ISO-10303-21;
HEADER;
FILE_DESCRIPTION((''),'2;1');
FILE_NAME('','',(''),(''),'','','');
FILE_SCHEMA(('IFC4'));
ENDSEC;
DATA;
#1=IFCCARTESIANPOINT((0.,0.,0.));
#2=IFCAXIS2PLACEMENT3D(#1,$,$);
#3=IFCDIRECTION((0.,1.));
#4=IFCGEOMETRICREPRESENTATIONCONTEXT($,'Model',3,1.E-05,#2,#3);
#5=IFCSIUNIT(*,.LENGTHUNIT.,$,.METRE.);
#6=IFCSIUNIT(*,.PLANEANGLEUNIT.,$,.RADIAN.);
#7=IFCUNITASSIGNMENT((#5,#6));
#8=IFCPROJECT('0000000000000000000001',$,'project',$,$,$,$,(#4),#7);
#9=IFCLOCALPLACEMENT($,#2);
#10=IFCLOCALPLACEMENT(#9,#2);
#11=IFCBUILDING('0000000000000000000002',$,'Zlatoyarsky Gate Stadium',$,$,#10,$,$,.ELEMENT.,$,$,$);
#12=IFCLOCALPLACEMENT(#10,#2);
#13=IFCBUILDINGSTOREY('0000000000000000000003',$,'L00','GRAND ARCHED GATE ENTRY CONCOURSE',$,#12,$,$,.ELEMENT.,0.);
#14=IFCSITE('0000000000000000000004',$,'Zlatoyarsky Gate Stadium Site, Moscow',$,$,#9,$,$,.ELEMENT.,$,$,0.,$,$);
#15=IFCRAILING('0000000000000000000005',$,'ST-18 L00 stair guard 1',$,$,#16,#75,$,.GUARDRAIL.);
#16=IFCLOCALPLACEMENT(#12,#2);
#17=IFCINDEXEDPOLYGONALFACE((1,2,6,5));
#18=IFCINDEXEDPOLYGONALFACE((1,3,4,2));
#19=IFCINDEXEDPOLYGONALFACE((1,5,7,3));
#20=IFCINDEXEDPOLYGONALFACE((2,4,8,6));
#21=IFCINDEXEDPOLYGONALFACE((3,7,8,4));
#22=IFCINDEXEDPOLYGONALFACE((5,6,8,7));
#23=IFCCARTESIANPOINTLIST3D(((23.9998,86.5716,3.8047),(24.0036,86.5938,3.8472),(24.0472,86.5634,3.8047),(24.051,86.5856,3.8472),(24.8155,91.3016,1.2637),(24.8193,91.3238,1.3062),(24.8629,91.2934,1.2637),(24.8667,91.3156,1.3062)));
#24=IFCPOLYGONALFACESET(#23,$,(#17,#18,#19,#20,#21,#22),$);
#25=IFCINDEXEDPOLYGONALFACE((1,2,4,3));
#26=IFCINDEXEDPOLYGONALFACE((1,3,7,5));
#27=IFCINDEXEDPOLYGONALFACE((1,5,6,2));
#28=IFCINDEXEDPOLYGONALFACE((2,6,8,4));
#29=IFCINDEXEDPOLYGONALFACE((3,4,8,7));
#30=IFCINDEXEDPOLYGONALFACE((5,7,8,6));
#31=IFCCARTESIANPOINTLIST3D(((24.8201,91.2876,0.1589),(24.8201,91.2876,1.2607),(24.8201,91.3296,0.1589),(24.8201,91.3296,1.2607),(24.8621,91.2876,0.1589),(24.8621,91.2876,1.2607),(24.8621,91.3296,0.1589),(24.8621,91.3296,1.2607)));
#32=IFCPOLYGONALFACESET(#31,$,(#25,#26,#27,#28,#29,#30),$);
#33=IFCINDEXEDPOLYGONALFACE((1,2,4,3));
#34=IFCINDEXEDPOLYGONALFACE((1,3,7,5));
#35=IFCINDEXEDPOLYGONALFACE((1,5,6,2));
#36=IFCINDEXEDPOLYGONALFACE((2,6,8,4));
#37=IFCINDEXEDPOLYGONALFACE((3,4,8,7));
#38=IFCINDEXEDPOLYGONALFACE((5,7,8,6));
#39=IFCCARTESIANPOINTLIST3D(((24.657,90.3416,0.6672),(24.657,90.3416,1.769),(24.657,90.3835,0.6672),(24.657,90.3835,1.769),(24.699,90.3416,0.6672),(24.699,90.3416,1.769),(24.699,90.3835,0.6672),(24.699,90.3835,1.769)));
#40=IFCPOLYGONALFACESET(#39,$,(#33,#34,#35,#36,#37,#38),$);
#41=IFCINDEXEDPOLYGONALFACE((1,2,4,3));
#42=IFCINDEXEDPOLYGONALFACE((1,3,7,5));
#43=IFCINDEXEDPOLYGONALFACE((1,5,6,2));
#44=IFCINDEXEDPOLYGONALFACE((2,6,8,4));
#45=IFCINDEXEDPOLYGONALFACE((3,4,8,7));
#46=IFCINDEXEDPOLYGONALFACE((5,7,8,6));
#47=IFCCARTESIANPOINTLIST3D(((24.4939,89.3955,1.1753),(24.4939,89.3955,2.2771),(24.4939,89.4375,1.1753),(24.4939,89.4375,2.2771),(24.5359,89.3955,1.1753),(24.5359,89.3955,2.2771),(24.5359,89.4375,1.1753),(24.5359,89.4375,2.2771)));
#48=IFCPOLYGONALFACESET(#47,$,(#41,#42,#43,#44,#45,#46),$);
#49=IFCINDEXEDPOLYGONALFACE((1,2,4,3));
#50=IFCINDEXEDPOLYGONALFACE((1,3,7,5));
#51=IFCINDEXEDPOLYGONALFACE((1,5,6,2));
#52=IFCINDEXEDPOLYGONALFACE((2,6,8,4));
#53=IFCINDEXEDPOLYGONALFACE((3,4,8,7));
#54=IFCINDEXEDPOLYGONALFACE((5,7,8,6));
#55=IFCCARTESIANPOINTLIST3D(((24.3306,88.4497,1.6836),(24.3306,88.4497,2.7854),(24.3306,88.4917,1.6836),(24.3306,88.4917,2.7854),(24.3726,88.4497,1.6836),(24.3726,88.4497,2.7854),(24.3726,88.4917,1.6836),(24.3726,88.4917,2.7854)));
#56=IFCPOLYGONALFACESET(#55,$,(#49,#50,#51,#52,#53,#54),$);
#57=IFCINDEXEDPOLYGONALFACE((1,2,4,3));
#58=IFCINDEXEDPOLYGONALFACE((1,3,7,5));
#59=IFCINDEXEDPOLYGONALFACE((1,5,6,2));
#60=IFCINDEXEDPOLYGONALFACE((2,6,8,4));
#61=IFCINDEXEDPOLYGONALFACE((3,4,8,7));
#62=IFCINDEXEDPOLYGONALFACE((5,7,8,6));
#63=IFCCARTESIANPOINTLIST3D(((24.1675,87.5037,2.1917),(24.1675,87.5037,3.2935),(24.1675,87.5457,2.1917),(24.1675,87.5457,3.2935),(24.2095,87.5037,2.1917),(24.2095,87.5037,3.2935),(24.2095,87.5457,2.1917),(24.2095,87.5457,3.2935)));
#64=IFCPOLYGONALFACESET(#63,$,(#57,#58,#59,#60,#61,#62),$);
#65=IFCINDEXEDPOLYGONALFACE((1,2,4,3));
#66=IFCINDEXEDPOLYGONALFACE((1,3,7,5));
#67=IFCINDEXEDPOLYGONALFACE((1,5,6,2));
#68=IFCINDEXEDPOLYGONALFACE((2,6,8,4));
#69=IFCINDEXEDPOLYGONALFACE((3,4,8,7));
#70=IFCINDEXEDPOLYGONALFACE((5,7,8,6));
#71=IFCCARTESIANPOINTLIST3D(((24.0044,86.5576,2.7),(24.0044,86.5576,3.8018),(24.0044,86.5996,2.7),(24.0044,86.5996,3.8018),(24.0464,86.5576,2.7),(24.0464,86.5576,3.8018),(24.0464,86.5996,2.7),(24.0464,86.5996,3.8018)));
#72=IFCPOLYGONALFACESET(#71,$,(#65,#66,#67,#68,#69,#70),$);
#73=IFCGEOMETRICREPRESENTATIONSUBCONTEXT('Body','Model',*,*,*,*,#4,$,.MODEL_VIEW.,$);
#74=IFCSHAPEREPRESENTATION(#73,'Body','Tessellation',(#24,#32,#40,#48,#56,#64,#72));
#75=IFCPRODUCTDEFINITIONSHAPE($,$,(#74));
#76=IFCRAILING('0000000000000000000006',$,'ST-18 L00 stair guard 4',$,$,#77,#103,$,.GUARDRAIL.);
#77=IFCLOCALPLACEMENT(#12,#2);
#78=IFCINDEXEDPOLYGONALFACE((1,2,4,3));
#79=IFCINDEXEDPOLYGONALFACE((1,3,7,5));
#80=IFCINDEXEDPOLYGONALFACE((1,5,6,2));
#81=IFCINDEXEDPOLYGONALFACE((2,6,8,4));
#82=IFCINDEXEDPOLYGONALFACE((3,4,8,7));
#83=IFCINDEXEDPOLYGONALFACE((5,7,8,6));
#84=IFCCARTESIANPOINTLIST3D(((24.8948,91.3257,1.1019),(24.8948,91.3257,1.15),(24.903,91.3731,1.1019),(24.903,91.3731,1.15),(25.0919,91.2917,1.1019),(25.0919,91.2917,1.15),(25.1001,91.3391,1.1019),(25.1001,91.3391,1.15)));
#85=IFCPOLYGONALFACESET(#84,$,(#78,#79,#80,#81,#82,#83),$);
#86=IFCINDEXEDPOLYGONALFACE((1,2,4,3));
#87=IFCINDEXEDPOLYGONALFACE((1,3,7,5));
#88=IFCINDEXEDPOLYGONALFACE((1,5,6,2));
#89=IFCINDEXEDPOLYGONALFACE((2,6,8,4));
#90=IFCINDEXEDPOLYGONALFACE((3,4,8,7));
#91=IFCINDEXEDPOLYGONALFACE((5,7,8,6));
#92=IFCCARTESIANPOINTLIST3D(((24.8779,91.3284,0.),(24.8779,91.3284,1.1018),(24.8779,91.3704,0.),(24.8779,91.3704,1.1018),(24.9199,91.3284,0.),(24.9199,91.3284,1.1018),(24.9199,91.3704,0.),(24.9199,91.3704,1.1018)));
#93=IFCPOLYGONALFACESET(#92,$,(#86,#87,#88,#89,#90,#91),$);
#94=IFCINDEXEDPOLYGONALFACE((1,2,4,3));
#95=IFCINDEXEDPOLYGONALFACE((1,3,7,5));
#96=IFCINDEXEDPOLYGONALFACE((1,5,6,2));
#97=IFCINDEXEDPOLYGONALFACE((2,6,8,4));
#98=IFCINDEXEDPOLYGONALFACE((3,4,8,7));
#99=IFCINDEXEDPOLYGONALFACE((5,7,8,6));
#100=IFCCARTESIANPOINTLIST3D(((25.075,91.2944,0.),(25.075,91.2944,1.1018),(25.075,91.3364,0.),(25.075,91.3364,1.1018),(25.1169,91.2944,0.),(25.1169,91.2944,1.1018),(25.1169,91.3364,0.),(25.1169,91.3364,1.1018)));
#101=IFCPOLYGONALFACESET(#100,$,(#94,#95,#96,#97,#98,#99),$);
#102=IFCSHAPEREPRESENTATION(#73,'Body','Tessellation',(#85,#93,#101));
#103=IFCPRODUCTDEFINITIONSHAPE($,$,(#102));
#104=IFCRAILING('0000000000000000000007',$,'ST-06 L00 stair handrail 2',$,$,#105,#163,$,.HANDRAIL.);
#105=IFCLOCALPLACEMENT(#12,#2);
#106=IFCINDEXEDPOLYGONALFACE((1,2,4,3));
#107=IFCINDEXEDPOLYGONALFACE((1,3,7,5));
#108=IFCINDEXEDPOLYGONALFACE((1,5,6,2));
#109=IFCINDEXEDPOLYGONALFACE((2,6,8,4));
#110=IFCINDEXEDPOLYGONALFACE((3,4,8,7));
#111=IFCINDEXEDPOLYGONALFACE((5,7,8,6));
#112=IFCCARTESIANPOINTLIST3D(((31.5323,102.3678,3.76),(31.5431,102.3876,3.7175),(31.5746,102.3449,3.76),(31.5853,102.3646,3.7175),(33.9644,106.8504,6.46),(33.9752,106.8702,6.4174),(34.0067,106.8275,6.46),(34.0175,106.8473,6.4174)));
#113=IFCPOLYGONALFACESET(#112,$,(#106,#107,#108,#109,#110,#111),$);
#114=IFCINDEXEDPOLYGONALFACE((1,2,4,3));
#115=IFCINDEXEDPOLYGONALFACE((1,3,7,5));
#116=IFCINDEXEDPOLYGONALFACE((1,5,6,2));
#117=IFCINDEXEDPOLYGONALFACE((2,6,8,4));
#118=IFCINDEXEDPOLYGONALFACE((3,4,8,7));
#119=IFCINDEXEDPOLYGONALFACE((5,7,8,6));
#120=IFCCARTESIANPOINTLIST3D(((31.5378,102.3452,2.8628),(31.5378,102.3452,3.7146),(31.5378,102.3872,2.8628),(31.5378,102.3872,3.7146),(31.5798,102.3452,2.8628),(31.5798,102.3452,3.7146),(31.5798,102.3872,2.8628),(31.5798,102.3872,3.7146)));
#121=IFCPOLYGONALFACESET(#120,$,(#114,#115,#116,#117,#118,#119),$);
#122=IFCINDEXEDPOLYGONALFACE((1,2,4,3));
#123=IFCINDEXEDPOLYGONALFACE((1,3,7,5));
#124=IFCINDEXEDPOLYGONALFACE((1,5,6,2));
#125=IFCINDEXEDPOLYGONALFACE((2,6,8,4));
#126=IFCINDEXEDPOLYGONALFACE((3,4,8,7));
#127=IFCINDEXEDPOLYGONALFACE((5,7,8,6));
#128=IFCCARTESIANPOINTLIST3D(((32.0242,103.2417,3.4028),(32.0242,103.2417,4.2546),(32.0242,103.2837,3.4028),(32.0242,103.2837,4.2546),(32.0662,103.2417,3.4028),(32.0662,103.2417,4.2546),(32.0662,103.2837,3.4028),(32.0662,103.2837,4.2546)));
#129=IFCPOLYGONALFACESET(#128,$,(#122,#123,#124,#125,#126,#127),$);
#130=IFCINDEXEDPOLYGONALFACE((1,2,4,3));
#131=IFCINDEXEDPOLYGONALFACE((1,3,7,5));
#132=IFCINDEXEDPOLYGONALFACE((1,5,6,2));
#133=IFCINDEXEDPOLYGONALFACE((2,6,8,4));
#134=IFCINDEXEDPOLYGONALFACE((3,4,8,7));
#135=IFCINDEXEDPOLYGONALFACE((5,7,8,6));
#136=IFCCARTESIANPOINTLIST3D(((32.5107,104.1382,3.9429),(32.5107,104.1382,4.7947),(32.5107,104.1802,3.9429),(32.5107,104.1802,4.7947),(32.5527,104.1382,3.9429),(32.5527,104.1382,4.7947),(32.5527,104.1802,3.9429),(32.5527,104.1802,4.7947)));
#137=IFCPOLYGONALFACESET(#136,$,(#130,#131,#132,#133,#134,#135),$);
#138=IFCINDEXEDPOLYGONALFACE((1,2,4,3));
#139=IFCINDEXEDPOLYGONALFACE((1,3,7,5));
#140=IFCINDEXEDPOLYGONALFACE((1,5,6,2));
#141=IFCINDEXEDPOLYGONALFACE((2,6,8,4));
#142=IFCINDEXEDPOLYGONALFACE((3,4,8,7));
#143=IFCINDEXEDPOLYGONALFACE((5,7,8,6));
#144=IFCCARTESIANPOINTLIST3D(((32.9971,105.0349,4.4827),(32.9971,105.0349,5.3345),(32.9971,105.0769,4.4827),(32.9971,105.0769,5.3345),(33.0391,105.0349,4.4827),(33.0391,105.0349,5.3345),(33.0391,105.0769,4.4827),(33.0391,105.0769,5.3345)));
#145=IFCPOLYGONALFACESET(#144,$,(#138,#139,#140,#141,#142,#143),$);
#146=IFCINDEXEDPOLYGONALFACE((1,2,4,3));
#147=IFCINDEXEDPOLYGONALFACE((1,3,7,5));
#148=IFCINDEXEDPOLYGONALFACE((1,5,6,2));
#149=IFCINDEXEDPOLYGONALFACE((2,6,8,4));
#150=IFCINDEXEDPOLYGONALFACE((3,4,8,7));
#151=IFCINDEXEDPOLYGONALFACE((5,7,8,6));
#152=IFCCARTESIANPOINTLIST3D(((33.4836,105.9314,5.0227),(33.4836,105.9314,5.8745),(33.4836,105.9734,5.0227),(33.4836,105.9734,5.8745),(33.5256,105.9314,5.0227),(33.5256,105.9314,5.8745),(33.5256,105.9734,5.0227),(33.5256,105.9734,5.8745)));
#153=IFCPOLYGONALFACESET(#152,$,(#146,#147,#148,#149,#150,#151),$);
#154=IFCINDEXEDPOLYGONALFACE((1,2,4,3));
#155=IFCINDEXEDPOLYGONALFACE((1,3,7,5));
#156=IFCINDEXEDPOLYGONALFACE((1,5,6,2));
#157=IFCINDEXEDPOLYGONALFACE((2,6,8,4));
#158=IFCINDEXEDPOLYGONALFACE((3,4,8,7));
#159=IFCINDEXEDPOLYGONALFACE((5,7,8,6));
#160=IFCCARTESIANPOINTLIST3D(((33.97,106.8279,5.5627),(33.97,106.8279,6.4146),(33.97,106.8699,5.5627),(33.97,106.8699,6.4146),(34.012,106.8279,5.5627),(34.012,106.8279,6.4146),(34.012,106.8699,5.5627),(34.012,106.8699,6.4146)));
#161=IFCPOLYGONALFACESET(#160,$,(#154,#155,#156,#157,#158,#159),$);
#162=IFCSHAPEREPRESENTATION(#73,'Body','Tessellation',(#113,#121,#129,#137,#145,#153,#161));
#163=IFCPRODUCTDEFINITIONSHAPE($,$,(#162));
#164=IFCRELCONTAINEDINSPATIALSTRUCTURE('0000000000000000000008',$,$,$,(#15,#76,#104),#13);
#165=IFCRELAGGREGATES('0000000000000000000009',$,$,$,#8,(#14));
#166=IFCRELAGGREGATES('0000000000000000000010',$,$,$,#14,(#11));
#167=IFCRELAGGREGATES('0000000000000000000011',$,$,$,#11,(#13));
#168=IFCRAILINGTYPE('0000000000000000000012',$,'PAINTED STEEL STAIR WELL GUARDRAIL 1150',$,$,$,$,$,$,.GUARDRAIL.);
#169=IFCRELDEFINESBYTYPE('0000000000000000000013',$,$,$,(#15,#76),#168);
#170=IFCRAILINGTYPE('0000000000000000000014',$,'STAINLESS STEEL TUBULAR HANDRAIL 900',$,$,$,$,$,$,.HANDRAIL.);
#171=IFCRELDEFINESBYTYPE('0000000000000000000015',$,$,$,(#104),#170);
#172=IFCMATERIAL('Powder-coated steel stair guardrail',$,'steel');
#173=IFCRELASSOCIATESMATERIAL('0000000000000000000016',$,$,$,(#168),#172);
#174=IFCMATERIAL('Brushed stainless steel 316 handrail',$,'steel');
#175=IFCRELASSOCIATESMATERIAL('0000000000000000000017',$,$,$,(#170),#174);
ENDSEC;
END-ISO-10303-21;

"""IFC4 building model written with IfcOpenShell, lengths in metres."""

from ifc_helpers import new_model, si_unit, direction, frame, origin, origin_2d, place, context, subcontext, project, spatial, rectangle, extrude, material, type_object, element, save


model = new_model("IFC4")

# Units and contexts
model_context = context("Model", 3, precision=1e-05, world=origin(), true_north=direction((0.0, 1.0)))
body_context = subcontext(model_context, "Body", "Model", "MODEL_VIEW")
ifc_project = project(units=[si_unit("LENGTHUNIT", "METRE"), si_unit("PLANEANGLEUNIT", "RADIAN")], contexts=[model_context])

# Site, building, storey
site_placement = place(None, origin())
site = spatial("IfcSite", under=ifc_project, at=site_placement, Name="Zlatoyarsky Gate Stadium Site, Moscow", CompositionType="ELEMENT", RefElevation=0.0)
building_placement = place(site_placement, origin())
building = spatial("IfcBuilding", under=site, at=building_placement, Name="Zlatoyarsky Gate Stadium", CompositionType="ELEMENT")
storey_placement = place(building_placement, origin())
storey = spatial("IfcBuildingStorey", under=building, at=storey_placement, Name="L00", Description="GRAND ARCHED GATE ENTRY CONCOURSE", CompositionType="ELEMENT", Elevation=0.0)

# Railings
ifc_material_1 = material(Name="Powder-coated steel stair guardrail", Category="steel")
railing_type_1 = type_object("IfcRailingType", Name="PAINTED STEEL STAIR WELL GUARDRAIL 1150", PredefinedType="GUARDRAIL", material=ifc_material_1)
railing_1_placement = place(storey_placement, frame((24.8411, 91.3086, 0.1589)))
element("IfcRailing", 1, at=railing_1_placement, inside=storey, type_object=railing_type_1, Name="ST-18 L00 stair guard 1", PredefinedType="GUARDRAIL", context=body_context, shape_type="SweptSolid", body=[
    extrude(rectangle(XDim=0.0481, YDim=0.0481, at=origin_2d()), frame((0.0, 0.0, 1.126), z_axis=(-0.150191, -0.870937, 0.46788), x_axis=(0.985455, -0.169939, 0.0)), (0.0, 0.0, 1.0), 5.4309),
    extrude(rectangle(XDim=0.042, YDim=0.042, at=origin_2d()), origin(), (0.0, 0.0, 1.0), 1.1018),
    extrude(rectangle(XDim=0.042, YDim=0.042, at=origin_2d()), frame((-0.1631, -0.946, 0.5083)), (0.0, 0.0, 1.0), 1.1018),
    extrude(rectangle(XDim=0.042, YDim=0.042, at=origin_2d()), frame((-0.3262, -1.8921, 1.0164)), (0.0, 0.0, 1.0), 1.1018),
    extrude(rectangle(XDim=0.042, YDim=0.042, at=origin_2d()), frame((-0.4895, -2.8379, 1.5247)), (0.0, 0.0, 1.0), 1.1018),
    extrude(rectangle(XDim=0.042, YDim=0.042, at=origin_2d()), frame((-0.6526, -3.7839, 2.0327)), (0.0, 0.0, 1.0), 1.1018),
    extrude(rectangle(XDim=0.042, YDim=0.042, at=origin_2d()), frame((-0.8157, -4.73, 2.541)), (0.0, 0.0, 1.0), 1.1018),
])
railing_2_placement = place(storey_placement, frame((24.8989, 91.3494, 0.0)))
element("IfcRailing", 2, at=railing_2_placement, inside=storey, type_object=railing_type_1, Name="ST-18 L00 stair guard 4", PredefinedType="GUARDRAIL", context=body_context, shape_type="SweptSolid", body=[
    extrude(rectangle(XDim=0.0481, YDim=0.0481, at=origin_2d()), frame((0.0, 0.0, 1.126), z_axis=(0.985488, -0.169743, 0.0), x_axis=(0.169743, 0.985488, 0.0)), (0.0, 0.0, 1.0), 0.2),
    extrude(rectangle(XDim=0.042, YDim=0.042, at=origin_2d()), origin(), (0.0, 0.0, 1.0), 1.1018),
    extrude(rectangle(XDim=0.042, YDim=0.042, at=origin_2d()), frame((0.197, -0.0339, 0.0)), (0.0, 0.0, 1.0), 1.1018),
])
ifc_material_2 = material(Name="Brushed stainless steel 316 handrail", Category="steel")
railing_type_2 = type_object("IfcRailingType", Name="STAINLESS STEEL TUBULAR HANDRAIL 900", PredefinedType="HANDRAIL", material=ifc_material_2)
railing_3_placement = place(storey_placement, frame((31.5588, 102.3662, 2.8628)))
element("IfcRailing", 3, at=railing_3_placement, inside=storey, type_object=railing_type_2, Name="ST-06 L00 stair handrail 2", PredefinedType="HANDRAIL", context=body_context, shape_type="SweptSolid", body=[
    extrude(rectangle(XDim=0.0481, YDim=0.0481, at=origin_2d()), frame((0.0, 0.0, 0.876), z_axis=(0.421472, 0.776817, 0.467884), x_axis=(-0.878962, 0.476892, 0.0)), (0.0, 0.0, 1.0), 5.7705),
    extrude(rectangle(XDim=0.042, YDim=0.042, at=origin_2d()), origin(), (0.0, 0.0, 1.0), 0.8518),
    extrude(rectangle(XDim=0.042, YDim=0.042, at=origin_2d()), frame((0.4863, 0.8965, 0.54)), (0.0, 0.0, 1.0), 0.8518),
    extrude(rectangle(XDim=0.042, YDim=0.042, at=origin_2d()), frame((0.9729, 1.793, 1.0801)), (0.0, 0.0, 1.0), 0.8518),
    extrude(rectangle(XDim=0.042, YDim=0.042, at=origin_2d()), frame((1.4592, 2.6897, 1.6199)), (0.0, 0.0, 1.0), 0.8518),
    extrude(rectangle(XDim=0.042, YDim=0.042, at=origin_2d()), frame((1.9458, 3.5862, 2.1599)), (0.0, 0.0, 1.0), 0.8518),
    extrude(rectangle(XDim=0.042, YDim=0.042, at=origin_2d()), frame((2.4321, 4.4827, 2.7)), (0.0, 0.0, 1.0), 0.8518),
])

save(model, "model.ifc")
